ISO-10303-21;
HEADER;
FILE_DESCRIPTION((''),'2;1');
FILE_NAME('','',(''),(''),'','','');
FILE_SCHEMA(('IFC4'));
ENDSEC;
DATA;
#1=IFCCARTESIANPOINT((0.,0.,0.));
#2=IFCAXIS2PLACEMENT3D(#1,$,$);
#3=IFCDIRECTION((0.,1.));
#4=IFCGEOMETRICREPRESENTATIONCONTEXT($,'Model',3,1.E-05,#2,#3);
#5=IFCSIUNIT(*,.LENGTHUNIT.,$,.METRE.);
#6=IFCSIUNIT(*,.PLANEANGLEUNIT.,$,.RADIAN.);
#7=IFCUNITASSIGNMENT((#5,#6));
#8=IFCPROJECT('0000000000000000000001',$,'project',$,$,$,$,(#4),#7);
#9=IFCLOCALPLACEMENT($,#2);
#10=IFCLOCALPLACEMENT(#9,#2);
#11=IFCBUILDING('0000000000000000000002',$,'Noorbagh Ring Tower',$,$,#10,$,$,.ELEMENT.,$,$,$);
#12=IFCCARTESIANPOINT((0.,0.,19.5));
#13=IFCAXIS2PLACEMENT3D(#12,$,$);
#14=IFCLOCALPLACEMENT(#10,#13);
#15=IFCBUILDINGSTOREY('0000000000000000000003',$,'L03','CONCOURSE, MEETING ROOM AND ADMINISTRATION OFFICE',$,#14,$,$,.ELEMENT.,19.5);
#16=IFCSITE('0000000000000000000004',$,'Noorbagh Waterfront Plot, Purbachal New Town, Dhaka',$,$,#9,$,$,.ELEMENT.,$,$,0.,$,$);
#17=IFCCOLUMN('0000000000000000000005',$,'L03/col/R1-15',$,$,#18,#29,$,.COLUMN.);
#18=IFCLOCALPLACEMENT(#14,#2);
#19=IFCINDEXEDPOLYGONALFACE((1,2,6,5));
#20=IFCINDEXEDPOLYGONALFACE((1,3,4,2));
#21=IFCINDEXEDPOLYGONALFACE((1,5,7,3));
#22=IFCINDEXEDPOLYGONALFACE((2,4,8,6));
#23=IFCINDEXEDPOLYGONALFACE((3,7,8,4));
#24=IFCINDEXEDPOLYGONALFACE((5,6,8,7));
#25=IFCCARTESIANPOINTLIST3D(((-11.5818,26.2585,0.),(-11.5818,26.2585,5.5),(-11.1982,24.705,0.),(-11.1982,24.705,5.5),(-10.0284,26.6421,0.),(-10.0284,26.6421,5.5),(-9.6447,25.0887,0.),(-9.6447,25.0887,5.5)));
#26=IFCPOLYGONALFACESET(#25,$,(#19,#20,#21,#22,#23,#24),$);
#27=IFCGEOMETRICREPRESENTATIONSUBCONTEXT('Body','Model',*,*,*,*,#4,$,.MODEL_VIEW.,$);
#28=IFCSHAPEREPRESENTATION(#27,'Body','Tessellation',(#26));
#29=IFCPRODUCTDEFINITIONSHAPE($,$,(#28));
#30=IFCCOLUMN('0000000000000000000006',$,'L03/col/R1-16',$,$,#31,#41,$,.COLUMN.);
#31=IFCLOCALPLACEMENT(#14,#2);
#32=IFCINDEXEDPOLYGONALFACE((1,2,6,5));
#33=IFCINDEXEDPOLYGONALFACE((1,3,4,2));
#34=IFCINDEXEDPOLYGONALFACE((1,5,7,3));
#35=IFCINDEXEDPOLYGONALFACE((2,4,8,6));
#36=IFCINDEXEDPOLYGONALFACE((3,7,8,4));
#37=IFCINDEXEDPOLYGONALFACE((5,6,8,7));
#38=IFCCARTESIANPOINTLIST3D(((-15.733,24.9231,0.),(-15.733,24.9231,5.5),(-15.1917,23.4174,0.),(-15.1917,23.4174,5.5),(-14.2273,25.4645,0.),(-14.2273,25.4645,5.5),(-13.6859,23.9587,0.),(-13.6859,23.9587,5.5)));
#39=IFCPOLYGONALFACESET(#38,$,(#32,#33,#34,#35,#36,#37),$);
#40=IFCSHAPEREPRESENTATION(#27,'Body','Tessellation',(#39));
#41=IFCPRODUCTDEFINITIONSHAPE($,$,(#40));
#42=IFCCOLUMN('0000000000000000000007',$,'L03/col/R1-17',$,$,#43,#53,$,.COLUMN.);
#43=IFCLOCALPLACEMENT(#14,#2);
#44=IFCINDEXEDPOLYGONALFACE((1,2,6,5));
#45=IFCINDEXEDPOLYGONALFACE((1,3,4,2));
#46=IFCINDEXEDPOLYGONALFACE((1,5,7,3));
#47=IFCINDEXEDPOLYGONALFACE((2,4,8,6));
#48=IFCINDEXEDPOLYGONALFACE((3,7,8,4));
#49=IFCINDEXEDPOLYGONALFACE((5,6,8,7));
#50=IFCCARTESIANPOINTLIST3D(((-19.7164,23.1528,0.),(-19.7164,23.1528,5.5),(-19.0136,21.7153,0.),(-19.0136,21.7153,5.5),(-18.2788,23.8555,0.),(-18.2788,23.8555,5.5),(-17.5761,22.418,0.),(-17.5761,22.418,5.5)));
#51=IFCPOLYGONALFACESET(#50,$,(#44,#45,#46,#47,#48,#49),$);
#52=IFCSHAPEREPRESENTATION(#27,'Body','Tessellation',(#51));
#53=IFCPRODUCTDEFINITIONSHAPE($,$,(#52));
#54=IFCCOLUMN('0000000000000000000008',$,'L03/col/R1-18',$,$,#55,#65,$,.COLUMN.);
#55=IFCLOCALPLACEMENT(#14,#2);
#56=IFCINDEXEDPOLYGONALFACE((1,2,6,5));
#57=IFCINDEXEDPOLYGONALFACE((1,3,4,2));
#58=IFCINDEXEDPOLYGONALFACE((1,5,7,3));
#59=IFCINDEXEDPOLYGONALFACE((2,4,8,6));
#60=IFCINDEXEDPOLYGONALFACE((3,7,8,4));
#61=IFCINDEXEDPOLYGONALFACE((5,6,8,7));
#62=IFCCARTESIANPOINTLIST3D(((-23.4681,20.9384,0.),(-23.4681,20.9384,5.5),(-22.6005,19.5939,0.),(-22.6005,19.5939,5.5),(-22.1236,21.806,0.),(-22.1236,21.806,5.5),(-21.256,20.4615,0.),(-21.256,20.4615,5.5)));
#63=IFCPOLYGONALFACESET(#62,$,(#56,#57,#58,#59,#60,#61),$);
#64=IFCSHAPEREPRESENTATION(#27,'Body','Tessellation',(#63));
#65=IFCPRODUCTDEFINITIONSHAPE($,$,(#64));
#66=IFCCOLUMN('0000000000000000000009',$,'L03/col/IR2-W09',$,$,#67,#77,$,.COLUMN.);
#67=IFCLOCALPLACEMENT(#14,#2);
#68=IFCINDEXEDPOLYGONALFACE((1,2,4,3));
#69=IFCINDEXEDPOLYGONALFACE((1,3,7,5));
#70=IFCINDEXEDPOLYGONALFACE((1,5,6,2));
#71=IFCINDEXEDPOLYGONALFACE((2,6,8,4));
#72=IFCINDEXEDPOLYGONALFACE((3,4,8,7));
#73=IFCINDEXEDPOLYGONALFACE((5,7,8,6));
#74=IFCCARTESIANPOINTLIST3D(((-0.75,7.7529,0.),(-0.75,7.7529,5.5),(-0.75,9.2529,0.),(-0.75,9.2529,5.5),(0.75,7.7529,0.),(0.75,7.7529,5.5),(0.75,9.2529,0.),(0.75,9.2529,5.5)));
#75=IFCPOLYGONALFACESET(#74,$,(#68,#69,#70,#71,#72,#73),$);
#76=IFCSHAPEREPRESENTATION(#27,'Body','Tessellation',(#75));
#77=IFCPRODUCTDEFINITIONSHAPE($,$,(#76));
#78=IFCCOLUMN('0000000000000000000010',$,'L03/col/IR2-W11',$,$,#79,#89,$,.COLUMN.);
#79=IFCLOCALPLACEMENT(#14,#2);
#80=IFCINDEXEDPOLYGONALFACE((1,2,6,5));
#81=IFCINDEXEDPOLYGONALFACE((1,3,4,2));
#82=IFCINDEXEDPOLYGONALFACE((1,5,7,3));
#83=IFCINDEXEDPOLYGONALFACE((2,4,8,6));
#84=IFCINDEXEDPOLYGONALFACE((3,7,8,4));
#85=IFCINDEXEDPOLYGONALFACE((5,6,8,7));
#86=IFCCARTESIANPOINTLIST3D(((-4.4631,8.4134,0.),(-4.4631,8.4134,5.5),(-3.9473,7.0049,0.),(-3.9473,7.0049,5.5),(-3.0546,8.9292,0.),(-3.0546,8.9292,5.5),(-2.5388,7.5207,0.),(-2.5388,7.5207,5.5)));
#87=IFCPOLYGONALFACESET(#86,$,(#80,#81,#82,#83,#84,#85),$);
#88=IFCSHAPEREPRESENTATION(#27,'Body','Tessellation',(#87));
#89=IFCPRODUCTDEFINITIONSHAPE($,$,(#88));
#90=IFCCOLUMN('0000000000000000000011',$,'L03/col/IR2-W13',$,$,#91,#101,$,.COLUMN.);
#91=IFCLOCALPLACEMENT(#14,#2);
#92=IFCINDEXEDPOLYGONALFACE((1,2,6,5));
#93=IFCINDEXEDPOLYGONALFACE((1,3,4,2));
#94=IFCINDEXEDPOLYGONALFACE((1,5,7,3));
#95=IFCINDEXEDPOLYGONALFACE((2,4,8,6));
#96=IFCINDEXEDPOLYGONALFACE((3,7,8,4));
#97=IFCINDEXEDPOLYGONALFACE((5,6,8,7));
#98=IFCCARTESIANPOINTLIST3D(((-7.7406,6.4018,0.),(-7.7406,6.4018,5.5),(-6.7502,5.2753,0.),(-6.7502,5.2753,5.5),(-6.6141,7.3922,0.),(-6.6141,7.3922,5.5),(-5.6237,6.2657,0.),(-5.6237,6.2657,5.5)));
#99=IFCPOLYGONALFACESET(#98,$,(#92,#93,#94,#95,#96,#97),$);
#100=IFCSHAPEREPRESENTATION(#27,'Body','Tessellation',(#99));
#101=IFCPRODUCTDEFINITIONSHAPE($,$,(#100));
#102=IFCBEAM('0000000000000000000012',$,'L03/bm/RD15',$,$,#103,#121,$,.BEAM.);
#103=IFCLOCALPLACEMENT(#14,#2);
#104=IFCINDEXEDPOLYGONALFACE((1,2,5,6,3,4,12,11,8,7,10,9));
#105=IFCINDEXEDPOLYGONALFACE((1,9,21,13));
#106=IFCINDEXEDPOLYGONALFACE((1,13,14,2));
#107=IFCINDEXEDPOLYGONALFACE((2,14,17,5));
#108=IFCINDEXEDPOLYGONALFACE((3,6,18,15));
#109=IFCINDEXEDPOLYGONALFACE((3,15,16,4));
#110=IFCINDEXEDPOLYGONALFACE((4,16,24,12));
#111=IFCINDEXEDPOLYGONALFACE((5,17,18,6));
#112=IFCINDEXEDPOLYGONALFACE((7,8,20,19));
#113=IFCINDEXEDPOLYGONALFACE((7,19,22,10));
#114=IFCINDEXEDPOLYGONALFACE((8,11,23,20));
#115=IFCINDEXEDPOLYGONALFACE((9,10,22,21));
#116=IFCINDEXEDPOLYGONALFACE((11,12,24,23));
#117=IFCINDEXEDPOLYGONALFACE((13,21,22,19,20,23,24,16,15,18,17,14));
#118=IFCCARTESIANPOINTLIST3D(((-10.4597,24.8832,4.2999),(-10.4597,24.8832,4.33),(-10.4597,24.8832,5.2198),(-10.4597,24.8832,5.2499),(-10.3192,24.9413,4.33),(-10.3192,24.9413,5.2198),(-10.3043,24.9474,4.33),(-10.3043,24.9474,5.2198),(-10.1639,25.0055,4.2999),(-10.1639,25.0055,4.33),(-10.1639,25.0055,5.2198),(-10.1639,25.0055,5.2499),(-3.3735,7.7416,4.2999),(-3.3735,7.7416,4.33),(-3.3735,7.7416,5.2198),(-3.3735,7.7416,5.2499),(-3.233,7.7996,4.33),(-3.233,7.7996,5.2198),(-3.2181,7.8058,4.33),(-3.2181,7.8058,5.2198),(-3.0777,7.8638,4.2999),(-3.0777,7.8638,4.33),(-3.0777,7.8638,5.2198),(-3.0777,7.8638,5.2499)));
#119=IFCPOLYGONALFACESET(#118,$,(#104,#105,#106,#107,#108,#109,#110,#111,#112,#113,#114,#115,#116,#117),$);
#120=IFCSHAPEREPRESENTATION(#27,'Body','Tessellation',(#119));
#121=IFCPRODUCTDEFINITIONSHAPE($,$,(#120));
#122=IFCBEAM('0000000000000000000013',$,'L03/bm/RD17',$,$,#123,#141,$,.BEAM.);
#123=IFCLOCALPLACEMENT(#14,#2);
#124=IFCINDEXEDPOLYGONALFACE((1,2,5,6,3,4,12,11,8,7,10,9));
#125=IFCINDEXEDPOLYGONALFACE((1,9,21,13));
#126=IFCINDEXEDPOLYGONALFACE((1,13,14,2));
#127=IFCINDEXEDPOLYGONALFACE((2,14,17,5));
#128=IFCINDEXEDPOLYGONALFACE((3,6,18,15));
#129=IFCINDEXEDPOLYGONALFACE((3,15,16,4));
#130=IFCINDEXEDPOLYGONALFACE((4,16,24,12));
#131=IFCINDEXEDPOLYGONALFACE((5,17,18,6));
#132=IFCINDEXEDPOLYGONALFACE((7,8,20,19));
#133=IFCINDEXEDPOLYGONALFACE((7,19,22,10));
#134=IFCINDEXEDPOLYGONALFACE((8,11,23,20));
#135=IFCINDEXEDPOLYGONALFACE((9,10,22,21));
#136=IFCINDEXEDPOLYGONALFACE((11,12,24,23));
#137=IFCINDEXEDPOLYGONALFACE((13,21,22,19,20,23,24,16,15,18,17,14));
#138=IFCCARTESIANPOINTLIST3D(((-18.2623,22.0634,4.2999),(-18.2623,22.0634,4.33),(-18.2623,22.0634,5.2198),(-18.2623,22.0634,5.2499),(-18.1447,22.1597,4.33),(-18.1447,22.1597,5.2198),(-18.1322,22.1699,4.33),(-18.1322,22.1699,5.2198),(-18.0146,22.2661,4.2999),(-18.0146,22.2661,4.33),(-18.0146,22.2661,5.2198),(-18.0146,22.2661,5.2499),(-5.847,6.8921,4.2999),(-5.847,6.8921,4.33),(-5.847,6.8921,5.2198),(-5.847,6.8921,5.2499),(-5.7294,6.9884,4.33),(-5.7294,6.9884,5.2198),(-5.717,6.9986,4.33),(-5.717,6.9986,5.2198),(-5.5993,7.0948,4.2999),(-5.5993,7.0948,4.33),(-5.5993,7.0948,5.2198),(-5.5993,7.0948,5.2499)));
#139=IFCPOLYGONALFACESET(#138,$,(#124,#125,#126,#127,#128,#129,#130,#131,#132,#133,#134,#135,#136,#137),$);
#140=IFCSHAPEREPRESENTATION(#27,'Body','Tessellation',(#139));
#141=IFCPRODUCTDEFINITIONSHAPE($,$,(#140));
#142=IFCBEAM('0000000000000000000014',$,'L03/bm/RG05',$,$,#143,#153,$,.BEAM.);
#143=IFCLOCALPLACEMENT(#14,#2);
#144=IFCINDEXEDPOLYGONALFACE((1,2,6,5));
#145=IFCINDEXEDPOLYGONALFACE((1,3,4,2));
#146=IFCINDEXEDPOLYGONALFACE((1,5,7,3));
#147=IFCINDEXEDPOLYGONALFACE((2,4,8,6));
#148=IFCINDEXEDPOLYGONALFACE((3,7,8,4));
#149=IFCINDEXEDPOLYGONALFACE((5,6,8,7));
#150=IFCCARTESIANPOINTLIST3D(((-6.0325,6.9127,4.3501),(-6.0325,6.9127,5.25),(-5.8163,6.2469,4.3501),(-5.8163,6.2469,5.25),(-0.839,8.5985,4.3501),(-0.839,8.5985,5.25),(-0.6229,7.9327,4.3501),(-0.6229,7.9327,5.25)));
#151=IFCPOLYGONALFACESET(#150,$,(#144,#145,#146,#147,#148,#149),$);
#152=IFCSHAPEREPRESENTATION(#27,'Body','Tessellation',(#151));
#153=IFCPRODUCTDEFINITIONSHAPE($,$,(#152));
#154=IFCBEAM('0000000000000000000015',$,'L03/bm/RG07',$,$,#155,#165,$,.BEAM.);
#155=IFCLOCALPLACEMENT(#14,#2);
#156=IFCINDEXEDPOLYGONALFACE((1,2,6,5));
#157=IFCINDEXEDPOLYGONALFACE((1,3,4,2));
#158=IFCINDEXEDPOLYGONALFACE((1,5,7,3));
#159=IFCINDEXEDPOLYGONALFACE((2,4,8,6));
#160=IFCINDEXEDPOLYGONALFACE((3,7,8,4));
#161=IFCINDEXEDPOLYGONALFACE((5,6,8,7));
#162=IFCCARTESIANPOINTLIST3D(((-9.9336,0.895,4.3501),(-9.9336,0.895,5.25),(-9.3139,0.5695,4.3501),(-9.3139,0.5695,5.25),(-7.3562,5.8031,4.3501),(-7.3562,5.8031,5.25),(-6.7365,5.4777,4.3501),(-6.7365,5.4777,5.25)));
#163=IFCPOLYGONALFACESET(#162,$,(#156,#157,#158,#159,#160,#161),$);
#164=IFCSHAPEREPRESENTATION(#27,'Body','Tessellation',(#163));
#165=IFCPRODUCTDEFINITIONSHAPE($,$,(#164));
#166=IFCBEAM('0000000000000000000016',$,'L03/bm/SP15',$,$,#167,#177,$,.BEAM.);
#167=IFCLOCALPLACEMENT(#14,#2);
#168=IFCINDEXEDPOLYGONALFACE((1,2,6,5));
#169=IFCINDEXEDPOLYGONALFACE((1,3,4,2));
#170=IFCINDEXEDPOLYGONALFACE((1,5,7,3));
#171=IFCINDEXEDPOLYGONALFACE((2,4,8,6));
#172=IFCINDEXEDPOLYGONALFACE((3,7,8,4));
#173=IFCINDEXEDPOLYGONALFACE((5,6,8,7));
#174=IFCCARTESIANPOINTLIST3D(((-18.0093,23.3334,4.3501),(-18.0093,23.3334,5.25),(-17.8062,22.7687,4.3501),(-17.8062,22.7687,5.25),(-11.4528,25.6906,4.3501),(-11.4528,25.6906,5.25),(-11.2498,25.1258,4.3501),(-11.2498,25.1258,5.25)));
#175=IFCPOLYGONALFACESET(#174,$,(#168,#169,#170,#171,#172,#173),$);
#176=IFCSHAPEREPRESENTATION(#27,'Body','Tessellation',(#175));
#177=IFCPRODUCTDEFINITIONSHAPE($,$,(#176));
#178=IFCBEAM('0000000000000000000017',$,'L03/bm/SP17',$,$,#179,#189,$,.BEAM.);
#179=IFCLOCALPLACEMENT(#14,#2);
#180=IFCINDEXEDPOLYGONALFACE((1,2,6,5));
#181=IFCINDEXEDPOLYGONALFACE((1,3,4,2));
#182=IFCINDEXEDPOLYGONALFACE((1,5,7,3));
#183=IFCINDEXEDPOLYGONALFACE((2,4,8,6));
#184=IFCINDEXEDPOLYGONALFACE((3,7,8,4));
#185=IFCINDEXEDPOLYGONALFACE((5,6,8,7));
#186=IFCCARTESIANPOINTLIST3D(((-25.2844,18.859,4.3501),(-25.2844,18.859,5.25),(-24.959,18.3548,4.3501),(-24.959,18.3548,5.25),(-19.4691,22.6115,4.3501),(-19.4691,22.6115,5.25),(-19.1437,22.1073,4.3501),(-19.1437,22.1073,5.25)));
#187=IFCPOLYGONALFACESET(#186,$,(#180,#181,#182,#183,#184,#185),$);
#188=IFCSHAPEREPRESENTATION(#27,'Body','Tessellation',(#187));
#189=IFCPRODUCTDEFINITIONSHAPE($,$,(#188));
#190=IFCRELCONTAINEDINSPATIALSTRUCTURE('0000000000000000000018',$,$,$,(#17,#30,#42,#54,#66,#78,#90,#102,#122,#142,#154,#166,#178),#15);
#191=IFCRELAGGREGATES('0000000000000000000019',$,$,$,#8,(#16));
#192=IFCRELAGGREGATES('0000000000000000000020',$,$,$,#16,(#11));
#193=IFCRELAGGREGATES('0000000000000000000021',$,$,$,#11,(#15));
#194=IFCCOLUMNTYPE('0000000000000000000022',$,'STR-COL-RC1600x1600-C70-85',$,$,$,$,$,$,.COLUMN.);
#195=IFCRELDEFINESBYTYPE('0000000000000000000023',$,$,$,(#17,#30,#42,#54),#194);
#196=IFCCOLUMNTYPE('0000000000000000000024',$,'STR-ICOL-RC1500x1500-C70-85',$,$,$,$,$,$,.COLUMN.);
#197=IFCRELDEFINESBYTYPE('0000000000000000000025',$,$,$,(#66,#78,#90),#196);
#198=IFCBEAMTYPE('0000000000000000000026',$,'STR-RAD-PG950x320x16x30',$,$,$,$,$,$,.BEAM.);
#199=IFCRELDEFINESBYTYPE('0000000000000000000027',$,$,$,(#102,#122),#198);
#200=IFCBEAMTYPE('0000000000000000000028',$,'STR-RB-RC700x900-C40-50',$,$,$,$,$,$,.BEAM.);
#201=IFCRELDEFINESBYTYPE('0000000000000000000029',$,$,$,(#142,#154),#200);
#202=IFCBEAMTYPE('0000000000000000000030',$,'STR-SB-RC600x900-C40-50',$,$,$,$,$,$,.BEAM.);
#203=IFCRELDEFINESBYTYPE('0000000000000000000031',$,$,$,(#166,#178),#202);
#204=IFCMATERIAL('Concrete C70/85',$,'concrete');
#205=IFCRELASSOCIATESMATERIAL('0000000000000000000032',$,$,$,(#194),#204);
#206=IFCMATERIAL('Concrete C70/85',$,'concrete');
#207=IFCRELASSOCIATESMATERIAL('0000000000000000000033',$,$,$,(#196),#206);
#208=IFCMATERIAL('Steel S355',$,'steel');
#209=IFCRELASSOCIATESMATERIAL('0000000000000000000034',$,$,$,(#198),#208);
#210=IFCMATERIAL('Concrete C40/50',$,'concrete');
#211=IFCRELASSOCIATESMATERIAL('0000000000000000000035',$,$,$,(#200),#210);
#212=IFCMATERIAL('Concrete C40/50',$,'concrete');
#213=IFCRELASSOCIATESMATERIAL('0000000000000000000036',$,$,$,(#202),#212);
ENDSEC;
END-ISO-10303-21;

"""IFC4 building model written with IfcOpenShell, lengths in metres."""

from ifc_helpers import new_model, si_unit, direction, frame, origin, origin_2d, place, context, subcontext, project, spatial, rectangle, i_section, extrude, material, material_profile, profile_set, type_object, element, save


model = new_model("IFC4")

# Units and contexts
model_context = context("Model", 3, precision=1e-05, world=origin(), true_north=direction((0.0, 1.0)))
body_context = subcontext(model_context, "Body", "Model", "MODEL_VIEW")
ifc_project = project(units=[si_unit("LENGTHUNIT", "METRE"), si_unit("PLANEANGLEUNIT", "RADIAN")], contexts=[model_context])

# Site, building, storey
site_placement = place(None, origin())
site = spatial("IfcSite", under=ifc_project, at=site_placement, Name="Noorbagh Waterfront Plot, Purbachal New Town, Dhaka", CompositionType="ELEMENT", RefElevation=0.0)
building_placement = place(site_placement, origin())
building = spatial("IfcBuilding", under=site, at=building_placement, Name="Noorbagh Ring Tower", CompositionType="ELEMENT")
storey_placement = place(building_placement, frame((0.0, 0.0, 19.5)))
storey = spatial("IfcBuildingStorey", under=building, at=storey_placement, Name="L03", Description="CONCOURSE, MEETING ROOM AND ADMINISTRATION OFFICE", CompositionType="ELEMENT", Elevation=19.5)

# Columns
ifc_material_1 = material(Name="Concrete C70/85", Category="concrete")
ifc_material_profile_1 = material_profile(ifc_material_1, rectangle(XDim=1.6001, YDim=1.6001, at=origin_2d()), Name="RC1600x1600")
ifc_profile_set_1 = profile_set([ifc_material_profile_1], Name="Concrete C70/85")
column_type_1 = type_object("IfcColumnType", Name="STR-COL-RC1600x1600-C70-85", PredefinedType="COLUMN", material=ifc_profile_set_1)
for number, where, z_axis, x_axis, name in (
    (1, (-10.6133, 25.6736, 0.0), (0.0, 0.0, 1.0), (-0.970829, -0.239771, 0.0), "L03/col/R1-15"),
    (2, (-14.7095, 24.4409, 0.0), (0.0, 0.0, 1.0), (-0.941025, -0.338338, 0.0), "L03/col/R1-16"),
    (3, (-18.6462, 22.7854, 0.0), (0.0, 0.0, 1.0), (-0.898399, -0.43918, 0.0), "L03/col/R1-17"),
    (4, (-22.3621, 20.7, 0.0), (0.0, 0.0, 1.0), (-0.840248, -0.542203, 0.0), "L03/col/R1-18"),
):
    element("IfcColumn", number, at=place(storey_placement, frame(where, z_axis=z_axis, x_axis=x_axis)), inside=storey, type_object=column_type_1, Name=name, PredefinedType="COLUMN", context=body_context, shape_type="SweptSolid", body=[
        extrude(rectangle(XDim=1.6001, YDim=1.6001, at=origin_2d()), origin(), (0.0, 0.0, 1.0), 5.5),
    ])
ifc_material_2 = material(Name="Concrete C70/85", Category="concrete")
ifc_material_profile_2 = material_profile(ifc_material_2, rectangle(XDim=1.5, YDim=1.5, at=origin_2d()), Name="RC1500x1500")
ifc_profile_set_2 = profile_set([ifc_material_profile_2], Name="Concrete C70/85")
column_type_2 = type_object("IfcColumnType", Name="STR-ICOL-RC1500x1500-C70-85", PredefinedType="COLUMN", material=ifc_profile_set_2)
for number, where, z_axis, x_axis, name in (
    (5, (0.0, 8.5029, 0.0), (0.0, 0.0, 1.0), (-1.0, 0.0, 0.0), "L03/col/IR2-W09"),
    (6, (-3.501, 7.967, 0.0), (0.0, 0.0, 1.0), (-0.93902, -0.343864, 0.0), "L03/col/IR2-W11"),
    (7, (-6.6821, 6.3337, 0.0), (0.0, 0.0, 1.0), (-0.751022, -0.660277, 0.0), "L03/col/IR2-W13"),
):
    element("IfcColumn", number, at=place(storey_placement, frame(where, z_axis=z_axis, x_axis=x_axis)), inside=storey, type_object=column_type_2, Name=name, PredefinedType="COLUMN", context=body_context, shape_type="SweptSolid", body=[
        extrude(rectangle(XDim=1.5, YDim=1.5, at=origin_2d()), origin(), (0.0, 0.0, 1.0), 5.5),
    ])

# Beams
ifc_material_3 = material(Name="Steel S355", Category="steel")
ifc_material_profile_3 = material_profile(ifc_material_3, i_section(OverallWidth=0.3201, OverallDepth=0.95, WebThickness=0.0161, FlangeThickness=0.03, at=origin_2d()), Name="PG950x320x16x30")
ifc_profile_set_3 = profile_set([ifc_material_profile_3], Name="Steel S355")
beam_type_1 = type_object("IfcBeamType", Name="STR-RAD-PG950x320x16x30", PredefinedType="BEAM", material=ifc_profile_set_3)
beam_1_placement = place(storey_placement, frame((-10.3118, 24.9443, 4.7749), z_axis=(0.382034, -0.924148, 0.0), x_axis=(0.924148, 0.382034, 0.0)))
element("IfcBeam", 8, at=beam_1_placement, inside=storey, type_object=beam_type_1, Name="L03/bm/RD15", PredefinedType="BEAM", context=body_context, shape_type="SweptSolid", body=[
    extrude(i_section(OverallWidth=0.3201, OverallDepth=0.95, WebThickness=0.0161, FlangeThickness=0.03, at=origin_2d()), origin(), (0.0, 0.0, 1.0), 18.5486),
])
beam_2_placement = place(storey_placement, frame((-18.1384, 22.1648, 4.7749), z_axis=(0.633309, -0.773899, 0.0), x_axis=(0.773899, 0.633309, 0.0)))
element("IfcBeam", 9, at=beam_2_placement, inside=storey, type_object=beam_type_1, Name="L03/bm/RD17", PredefinedType="BEAM", context=body_context, shape_type="SweptSolid", body=[
    extrude(i_section(OverallWidth=0.3201, OverallDepth=0.95, WebThickness=0.0161, FlangeThickness=0.03, at=origin_2d()), origin(), (0.0, 0.0, 1.0), 19.6038),
])
ifc_material_4 = material(Name="Concrete C40/50", Category="concrete")
ifc_material_profile_4 = material_profile(ifc_material_4, rectangle(XDim=0.7, YDim=0.8999, at=origin_2d()), Name="RC700x900")
ifc_profile_set_4 = profile_set([ifc_material_profile_4], Name="Concrete C40/50")
beam_type_2 = type_object("IfcBeamType", Name="STR-RB-RC700x900-C40-50", PredefinedType="BEAM", material=ifc_profile_set_4)
beam_3_placement = place(storey_placement, frame((-0.731, 8.2656, 4.8), z_axis=(-0.951144, -0.308746, 0.0), x_axis=(0.308746, -0.951144, 0.0)))
element("IfcBeam", 10, at=beam_3_placement, inside=storey, type_object=beam_type_2, Name="L03/bm/RG05", PredefinedType="BEAM", context=body_context, shape_type="SweptSolid", body=[
    extrude(rectangle(XDim=0.7, YDim=0.8999, at=origin_2d()), origin(), (0.0, 0.0, 1.0), 5.4602),
])
beam_4_placement = place(storey_placement, frame((-7.0464, 5.6404, 4.8), z_axis=(-0.464917, -0.885354, 0.0), x_axis=(0.885354, -0.464917, 0.0)))
element("IfcBeam", 11, at=beam_4_placement, inside=storey, type_object=beam_type_2, Name="L03/bm/RG07", PredefinedType="BEAM", context=body_context, shape_type="SweptSolid", body=[
    extrude(rectangle(XDim=0.7, YDim=0.8999, at=origin_2d()), origin(), (0.0, 0.0, 1.0), 5.5437),
])
ifc_material_5 = material(Name="Concrete C40/50", Category="concrete")
ifc_material_profile_5 = material_profile(ifc_material_5, rectangle(XDim=0.6001, YDim=0.8999, at=origin_2d()), Name="RC600x900")
ifc_profile_set_5 = profile_set([ifc_material_profile_5], Name="Concrete C40/50")
beam_type_3 = type_object("IfcBeamType", Name="STR-SB-RC600x900-C40-50", PredefinedType="BEAM", material=ifc_profile_set_5)
beam_5_placement = place(storey_placement, frame((-11.3513, 25.4082, 4.8), z_axis=(-0.94103, -0.338322, 0.0), x_axis=(0.338322, -0.94103, 0.0)))
element("IfcBeam", 12, at=beam_5_placement, inside=storey, type_object=beam_type_3, Name="L03/bm/SP15", PredefinedType="BEAM", context=body_context, shape_type="SweptSolid", body=[
    extrude(rectangle(XDim=0.6001, YDim=0.8999, at=origin_2d()), origin(), (0.0, 0.0, 1.0), 6.9673),
])
beam_6_placement = place(storey_placement, frame((-19.3064, 22.3594, 4.8), z_axis=(-0.84025, -0.542199, 0.0), x_axis=(0.542199, -0.84025, 0.0)))
element("IfcBeam", 13, at=beam_6_placement, inside=storey, type_object=beam_type_3, Name="L03/bm/SP17", PredefinedType="BEAM", context=body_context, shape_type="SweptSolid", body=[
    extrude(rectangle(XDim=0.6001, YDim=0.8999, at=origin_2d()), origin(), (0.0, 0.0, 1.0), 6.9209),
])

save(model, "model.ifc")
